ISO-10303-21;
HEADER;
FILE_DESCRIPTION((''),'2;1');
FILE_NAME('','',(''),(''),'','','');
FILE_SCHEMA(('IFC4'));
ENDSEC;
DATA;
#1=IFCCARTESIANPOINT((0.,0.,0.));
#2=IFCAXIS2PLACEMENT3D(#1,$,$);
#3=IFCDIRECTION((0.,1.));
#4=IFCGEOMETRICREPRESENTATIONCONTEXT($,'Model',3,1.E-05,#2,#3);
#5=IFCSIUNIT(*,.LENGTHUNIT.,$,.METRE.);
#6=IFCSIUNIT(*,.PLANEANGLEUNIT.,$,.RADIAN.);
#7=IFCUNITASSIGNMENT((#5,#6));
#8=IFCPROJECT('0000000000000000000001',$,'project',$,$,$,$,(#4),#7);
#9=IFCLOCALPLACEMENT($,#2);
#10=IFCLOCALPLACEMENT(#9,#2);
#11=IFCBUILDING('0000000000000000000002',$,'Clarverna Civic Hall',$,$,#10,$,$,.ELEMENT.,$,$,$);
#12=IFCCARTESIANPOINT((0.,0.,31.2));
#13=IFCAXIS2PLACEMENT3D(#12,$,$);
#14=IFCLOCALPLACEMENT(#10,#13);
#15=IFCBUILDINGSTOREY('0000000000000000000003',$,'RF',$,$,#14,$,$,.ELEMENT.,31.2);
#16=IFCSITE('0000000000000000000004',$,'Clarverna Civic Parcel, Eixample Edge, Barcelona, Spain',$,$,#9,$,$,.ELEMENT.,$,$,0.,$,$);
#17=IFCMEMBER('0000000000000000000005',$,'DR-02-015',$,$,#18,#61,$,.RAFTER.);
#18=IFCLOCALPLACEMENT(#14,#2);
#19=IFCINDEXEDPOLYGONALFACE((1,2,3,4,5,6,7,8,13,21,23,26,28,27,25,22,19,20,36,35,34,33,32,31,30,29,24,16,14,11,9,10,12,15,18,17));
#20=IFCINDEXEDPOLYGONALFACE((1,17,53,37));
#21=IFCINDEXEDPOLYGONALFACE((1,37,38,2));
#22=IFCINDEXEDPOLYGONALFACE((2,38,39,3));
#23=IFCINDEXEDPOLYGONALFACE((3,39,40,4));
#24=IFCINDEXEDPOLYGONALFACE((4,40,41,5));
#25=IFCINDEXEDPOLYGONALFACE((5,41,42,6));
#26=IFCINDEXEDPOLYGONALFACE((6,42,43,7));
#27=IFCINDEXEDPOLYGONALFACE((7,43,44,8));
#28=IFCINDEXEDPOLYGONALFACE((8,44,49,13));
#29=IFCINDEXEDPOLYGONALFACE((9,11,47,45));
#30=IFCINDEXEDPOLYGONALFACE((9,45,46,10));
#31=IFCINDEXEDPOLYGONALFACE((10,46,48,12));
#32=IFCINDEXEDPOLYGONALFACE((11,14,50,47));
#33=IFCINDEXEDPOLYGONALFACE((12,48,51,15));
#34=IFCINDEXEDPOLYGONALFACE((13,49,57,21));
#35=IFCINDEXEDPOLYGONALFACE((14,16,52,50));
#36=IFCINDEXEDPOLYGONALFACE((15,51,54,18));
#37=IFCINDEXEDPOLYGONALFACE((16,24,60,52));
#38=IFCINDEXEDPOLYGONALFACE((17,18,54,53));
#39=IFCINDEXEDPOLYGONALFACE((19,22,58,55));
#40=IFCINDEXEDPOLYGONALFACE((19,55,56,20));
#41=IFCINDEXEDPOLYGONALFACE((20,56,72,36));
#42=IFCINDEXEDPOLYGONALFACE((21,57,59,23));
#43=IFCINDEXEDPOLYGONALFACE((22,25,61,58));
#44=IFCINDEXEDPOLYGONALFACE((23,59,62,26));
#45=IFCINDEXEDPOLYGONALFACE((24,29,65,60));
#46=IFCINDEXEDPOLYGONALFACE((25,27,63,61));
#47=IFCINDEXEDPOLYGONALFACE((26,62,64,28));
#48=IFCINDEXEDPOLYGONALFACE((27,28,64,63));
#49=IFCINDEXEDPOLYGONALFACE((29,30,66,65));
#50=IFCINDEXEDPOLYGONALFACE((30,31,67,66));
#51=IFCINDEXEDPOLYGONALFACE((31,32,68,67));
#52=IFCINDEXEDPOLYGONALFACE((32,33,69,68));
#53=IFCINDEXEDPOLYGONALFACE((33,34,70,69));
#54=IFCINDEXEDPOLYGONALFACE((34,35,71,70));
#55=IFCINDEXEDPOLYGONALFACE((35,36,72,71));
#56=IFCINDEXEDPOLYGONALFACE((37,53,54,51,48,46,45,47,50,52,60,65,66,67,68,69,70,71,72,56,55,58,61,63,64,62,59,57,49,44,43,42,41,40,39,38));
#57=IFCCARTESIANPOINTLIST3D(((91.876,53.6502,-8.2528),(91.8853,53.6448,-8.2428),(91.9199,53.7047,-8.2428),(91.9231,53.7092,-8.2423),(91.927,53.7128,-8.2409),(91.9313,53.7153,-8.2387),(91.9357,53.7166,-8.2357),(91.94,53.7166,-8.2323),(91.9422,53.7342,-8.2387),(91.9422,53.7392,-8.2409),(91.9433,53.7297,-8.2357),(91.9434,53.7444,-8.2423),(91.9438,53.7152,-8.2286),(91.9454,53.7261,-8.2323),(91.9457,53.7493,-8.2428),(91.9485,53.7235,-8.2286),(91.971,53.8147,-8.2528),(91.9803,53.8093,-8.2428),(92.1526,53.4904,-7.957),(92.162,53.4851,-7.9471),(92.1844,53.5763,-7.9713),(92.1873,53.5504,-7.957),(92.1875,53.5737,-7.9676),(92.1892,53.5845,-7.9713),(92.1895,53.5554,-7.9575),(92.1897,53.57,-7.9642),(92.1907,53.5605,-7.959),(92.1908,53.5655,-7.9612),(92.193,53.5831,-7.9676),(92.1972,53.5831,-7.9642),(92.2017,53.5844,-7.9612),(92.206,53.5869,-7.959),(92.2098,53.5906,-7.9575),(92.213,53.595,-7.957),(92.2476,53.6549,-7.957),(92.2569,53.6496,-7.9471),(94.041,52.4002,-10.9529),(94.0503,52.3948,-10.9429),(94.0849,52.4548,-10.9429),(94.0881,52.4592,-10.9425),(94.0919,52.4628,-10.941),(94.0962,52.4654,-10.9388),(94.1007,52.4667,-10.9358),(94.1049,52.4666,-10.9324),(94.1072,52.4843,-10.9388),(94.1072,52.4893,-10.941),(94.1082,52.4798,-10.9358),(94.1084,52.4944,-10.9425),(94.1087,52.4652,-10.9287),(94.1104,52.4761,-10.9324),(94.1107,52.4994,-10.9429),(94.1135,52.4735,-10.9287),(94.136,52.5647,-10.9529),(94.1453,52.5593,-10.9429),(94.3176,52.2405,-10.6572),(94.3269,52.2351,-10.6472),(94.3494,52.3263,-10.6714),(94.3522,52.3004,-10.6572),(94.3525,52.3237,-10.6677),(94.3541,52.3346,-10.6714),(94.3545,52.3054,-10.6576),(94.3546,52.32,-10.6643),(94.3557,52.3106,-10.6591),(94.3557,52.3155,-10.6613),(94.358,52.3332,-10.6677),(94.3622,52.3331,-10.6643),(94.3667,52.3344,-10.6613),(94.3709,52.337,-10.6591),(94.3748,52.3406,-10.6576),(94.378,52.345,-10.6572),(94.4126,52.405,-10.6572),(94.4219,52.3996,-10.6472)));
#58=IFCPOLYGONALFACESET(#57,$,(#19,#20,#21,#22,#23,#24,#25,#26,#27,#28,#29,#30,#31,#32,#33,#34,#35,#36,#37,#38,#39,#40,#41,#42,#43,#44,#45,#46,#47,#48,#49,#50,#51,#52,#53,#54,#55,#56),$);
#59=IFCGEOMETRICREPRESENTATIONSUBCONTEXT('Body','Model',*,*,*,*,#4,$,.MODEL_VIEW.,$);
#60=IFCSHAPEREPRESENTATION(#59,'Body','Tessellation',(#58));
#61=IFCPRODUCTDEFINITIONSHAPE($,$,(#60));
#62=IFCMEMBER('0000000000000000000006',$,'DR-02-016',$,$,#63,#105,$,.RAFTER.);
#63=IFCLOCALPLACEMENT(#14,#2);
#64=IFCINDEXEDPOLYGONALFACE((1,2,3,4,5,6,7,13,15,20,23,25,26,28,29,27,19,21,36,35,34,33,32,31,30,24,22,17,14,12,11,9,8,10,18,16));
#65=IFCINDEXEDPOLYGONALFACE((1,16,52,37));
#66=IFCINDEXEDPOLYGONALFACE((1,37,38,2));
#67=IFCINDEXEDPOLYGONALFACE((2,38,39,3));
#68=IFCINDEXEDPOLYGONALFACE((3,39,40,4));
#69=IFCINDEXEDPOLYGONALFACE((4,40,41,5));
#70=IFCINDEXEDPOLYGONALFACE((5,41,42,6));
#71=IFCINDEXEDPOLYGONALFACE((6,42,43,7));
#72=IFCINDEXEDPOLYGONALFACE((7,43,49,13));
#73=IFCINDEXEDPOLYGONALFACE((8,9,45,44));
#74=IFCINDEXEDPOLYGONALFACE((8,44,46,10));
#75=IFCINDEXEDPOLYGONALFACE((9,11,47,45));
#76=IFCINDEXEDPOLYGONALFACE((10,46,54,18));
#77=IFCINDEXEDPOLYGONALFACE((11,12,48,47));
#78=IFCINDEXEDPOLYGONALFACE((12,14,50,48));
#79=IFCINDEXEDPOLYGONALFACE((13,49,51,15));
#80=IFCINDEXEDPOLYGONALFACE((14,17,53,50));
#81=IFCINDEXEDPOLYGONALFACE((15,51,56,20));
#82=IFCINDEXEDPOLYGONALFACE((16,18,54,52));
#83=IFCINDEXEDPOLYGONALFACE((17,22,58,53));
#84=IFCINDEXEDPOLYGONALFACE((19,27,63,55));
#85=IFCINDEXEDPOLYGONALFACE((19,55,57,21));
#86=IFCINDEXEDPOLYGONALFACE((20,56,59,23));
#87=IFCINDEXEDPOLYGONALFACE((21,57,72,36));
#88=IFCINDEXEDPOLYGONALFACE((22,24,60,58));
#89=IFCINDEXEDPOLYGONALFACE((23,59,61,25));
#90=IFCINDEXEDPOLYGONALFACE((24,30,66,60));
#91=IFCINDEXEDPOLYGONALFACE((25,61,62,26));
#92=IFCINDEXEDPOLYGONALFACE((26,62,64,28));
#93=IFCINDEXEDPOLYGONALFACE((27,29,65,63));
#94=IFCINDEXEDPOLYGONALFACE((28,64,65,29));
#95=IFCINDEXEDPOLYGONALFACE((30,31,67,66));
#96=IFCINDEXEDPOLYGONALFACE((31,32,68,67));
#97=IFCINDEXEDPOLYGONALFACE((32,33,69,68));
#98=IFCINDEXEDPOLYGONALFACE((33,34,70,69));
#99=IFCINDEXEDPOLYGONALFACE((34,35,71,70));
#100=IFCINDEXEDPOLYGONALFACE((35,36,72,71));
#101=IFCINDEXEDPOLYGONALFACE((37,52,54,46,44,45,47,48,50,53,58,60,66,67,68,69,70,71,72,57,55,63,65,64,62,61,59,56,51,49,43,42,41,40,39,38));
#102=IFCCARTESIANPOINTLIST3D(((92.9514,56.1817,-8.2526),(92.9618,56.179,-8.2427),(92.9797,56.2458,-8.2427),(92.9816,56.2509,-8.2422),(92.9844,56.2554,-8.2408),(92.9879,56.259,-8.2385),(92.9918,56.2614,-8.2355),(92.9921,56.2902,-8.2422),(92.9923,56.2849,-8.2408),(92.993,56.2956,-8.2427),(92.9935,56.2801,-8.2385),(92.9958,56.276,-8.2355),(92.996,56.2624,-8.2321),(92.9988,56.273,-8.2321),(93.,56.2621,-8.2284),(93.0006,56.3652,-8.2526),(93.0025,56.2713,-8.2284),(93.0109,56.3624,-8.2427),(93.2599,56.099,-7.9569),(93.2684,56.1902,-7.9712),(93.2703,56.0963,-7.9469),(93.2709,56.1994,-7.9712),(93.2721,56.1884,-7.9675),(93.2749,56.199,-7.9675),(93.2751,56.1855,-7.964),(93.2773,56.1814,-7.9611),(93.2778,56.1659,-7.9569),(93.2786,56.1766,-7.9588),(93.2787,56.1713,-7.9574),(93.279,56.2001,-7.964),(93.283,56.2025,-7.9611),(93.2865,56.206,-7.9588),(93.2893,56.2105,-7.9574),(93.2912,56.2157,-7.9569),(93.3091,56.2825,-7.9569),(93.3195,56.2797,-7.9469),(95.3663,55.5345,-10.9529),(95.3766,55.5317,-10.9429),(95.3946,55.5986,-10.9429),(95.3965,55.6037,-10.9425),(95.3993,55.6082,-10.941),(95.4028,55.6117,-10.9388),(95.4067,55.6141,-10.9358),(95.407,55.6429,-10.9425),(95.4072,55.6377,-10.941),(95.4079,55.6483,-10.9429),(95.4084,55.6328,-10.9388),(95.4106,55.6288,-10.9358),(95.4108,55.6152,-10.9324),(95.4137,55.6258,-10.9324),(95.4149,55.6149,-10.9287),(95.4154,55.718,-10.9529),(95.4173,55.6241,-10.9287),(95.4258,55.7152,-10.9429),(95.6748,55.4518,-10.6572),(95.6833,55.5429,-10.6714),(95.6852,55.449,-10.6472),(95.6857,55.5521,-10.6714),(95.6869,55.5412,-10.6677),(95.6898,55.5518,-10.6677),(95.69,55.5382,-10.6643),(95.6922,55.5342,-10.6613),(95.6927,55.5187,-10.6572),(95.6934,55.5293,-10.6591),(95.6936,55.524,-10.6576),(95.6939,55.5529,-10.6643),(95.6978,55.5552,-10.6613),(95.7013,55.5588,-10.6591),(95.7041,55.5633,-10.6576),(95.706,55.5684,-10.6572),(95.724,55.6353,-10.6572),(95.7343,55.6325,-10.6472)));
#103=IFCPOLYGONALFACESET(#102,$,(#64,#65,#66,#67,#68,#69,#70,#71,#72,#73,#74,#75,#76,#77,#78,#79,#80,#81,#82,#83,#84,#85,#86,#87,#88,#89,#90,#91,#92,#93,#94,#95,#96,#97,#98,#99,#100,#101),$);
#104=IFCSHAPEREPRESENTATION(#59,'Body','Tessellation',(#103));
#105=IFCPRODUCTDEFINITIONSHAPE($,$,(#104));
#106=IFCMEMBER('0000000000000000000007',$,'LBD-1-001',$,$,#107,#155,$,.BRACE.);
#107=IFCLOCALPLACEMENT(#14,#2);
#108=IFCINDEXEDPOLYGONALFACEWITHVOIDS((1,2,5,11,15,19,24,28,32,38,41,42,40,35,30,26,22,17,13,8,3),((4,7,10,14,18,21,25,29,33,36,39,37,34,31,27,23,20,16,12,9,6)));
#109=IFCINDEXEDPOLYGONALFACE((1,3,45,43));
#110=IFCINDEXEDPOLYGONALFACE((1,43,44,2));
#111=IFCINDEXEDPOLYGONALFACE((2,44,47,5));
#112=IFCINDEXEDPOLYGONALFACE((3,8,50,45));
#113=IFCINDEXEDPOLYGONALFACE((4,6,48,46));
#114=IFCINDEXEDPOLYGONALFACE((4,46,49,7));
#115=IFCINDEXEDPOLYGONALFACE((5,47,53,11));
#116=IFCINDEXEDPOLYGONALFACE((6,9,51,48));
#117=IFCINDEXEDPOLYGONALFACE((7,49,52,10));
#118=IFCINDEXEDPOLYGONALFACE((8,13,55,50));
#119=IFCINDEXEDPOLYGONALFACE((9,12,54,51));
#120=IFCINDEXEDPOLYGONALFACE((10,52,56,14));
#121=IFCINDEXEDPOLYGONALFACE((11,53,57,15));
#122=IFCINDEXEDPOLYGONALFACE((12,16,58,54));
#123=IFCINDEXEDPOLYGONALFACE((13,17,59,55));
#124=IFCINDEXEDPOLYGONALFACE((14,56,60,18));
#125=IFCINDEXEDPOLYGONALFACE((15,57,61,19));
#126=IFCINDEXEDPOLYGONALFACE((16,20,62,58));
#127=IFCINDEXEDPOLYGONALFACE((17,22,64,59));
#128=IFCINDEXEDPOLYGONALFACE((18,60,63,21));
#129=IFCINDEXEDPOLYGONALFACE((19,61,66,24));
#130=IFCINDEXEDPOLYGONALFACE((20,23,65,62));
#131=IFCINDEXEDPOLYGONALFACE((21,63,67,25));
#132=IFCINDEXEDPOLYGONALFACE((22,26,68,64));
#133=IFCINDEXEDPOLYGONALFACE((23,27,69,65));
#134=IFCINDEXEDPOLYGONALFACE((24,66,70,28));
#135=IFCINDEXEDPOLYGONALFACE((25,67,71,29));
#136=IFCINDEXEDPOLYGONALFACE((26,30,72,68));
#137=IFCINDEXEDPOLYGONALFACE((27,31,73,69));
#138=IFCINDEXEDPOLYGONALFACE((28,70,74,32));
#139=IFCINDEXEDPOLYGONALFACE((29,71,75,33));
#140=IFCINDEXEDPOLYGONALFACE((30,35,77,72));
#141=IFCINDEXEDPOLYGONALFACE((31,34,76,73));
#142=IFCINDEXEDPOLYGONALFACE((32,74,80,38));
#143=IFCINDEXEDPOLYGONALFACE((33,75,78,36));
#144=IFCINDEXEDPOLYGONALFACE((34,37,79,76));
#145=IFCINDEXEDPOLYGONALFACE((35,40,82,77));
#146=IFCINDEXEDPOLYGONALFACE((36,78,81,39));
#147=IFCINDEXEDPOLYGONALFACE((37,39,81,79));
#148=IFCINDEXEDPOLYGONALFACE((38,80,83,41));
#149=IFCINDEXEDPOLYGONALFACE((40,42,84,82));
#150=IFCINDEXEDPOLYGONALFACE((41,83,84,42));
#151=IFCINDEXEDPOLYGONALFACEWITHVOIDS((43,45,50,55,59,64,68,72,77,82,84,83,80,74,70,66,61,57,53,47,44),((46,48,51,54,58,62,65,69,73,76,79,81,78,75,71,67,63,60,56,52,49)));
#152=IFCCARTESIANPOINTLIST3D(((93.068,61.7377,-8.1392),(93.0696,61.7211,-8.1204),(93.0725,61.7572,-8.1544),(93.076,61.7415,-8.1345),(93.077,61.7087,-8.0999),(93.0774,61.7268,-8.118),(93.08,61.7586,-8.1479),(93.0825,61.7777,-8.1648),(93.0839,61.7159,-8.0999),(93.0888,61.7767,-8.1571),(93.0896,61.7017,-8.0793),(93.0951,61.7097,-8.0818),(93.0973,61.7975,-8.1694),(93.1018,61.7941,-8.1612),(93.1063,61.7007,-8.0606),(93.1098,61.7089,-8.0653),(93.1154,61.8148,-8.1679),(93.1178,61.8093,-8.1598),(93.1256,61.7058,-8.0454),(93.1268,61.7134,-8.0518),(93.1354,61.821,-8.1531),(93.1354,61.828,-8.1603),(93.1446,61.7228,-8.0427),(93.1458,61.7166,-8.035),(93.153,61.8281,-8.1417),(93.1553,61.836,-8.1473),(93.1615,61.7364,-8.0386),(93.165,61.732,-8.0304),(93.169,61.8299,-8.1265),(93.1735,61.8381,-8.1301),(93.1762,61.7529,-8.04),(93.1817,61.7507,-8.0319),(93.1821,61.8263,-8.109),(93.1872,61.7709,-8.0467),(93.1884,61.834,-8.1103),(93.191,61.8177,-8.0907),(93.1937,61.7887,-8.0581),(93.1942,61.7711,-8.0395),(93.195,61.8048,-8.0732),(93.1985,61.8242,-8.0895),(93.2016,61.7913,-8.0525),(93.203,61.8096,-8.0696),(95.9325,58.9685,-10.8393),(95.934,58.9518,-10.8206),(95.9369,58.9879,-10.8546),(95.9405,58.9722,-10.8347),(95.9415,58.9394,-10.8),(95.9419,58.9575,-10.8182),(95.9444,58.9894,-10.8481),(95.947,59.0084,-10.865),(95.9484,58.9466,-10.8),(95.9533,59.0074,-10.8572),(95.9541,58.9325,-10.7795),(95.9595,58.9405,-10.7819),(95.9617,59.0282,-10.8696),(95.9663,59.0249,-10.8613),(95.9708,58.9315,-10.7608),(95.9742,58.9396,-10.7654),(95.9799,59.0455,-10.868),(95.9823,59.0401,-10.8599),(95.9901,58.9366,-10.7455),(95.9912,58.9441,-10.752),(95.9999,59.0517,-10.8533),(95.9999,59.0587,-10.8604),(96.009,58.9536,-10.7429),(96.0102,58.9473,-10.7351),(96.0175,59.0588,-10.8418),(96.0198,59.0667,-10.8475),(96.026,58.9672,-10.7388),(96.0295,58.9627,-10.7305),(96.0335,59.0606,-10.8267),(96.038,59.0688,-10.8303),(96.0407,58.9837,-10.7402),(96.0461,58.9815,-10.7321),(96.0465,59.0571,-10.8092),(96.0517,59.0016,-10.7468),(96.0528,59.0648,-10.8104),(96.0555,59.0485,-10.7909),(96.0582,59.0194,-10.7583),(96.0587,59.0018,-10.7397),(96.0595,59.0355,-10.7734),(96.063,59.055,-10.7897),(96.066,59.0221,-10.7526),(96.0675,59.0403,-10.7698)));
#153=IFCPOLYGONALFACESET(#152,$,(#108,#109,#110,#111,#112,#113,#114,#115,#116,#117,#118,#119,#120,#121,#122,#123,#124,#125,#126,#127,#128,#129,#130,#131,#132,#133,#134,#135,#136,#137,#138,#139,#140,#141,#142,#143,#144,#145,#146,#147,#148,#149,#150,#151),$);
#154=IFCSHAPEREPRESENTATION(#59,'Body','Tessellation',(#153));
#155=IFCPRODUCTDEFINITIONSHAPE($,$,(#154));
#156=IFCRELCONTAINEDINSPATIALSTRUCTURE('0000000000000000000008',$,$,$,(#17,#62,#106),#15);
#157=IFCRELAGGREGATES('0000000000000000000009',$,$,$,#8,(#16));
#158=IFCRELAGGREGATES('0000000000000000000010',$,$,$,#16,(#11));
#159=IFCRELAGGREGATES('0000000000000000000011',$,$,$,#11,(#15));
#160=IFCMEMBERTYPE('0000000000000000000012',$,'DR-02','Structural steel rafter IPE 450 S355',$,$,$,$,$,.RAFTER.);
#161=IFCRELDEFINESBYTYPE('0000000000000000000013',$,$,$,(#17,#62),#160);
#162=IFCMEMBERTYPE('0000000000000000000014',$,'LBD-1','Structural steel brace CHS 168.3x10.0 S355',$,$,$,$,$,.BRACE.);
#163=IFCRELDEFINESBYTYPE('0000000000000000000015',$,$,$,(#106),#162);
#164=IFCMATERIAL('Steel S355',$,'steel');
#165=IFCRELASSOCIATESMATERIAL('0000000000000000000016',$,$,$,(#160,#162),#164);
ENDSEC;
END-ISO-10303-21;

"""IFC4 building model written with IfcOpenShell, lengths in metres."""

from ifc_helpers import new_model, si_unit, direction, frame, origin, origin_2d, place, context, subcontext, project, spatial, hollow_circle, i_section, extrude, material, material_profile, profile_set, type_object, element, save


model = new_model("IFC4")

# Units and contexts
model_context = context("Model", 3, precision=1e-05, world=origin(), true_north=direction((0.0, 1.0)))
body_context = subcontext(model_context, "Body", "Model", "MODEL_VIEW")
ifc_project = project(units=[si_unit("LENGTHUNIT", "METRE"), si_unit("PLANEANGLEUNIT", "RADIAN")], contexts=[model_context])

# Site, building, storey
site_placement = place(None, origin())
site = spatial("IfcSite", under=ifc_project, at=site_placement, Name="Clarverna Civic Parcel, Eixample Edge, Barcelona, Spain", CompositionType="ELEMENT", RefElevation=0.0)
building_placement = place(site_placement, origin())
building = spatial("IfcBuilding", under=site, at=building_placement, Name="Clarverna Civic Hall", CompositionType="ELEMENT")
storey_placement = place(building_placement, frame((0.0, 0.0, 31.2)))
storey = spatial("IfcBuildingStorey", under=building, at=storey_placement, Name="RF", CompositionType="ELEMENT", Elevation=31.2)

# Members
ifc_material_1 = material(Name="Steel S355", Category="steel")
ifc_material_profile_1 = material_profile(ifc_material_1, i_section(OverallWidth=0.1899, OverallDepth=0.45, WebThickness=0.0095, FlangeThickness=0.0146, FilletRadius=0.021, at=origin_2d()), Name="IPE 450")
ifc_profile_set_1 = profile_set([ifc_material_profile_1], Name="Steel S355")
member_type_1 = type_object("IfcMemberType", Name="DR-02", Description="Structural steel rafter IPE 450 S355", PredefinedType="RAFTER", material=ifc_profile_set_1)
for number, where, z_axis, x_axis, name in (
    (1, (94.2314, 52.3999, -10.8), (-0.588357, 0.339692, 0.733788), (-0.500004, -0.866023, 0.0), "DR-02-015"),
):
    element("IfcMember", number, at=place(storey_placement, frame(where, z_axis=z_axis, x_axis=x_axis)), inside=storey, type_object=member_type_1, Name=name, PredefinedType="RAFTER", context=body_context, shape_type="SweptSolid", body=[
        extrude(i_section(OverallWidth=0.1899, OverallDepth=0.45, WebThickness=0.0095, FlangeThickness=0.0146, FilletRadius=0.021, at=origin_2d()), origin(), (0.0, 0.0, 1.0), 3.6797),
    ])
member_1_placement = place(storey_placement, frame((95.5503, 55.5835, -10.8), z_axis=(-0.656224, 0.175882, 0.733782), x_axis=(-0.258884, -0.965908, 0.0)))
element("IfcMember", 2, at=member_1_placement, inside=storey, type_object=member_type_1, Name="DR-02-016", PredefinedType="RAFTER", context=body_context, shape_type="SweptSolid", body=[
    extrude(i_section(OverallWidth=0.1899, OverallDepth=0.45, WebThickness=0.0095, FlangeThickness=0.0146, FilletRadius=0.021, at=origin_2d()), origin(), (0.0, 0.0, 1.0), 3.6799),
])
ifc_material_profile_2 = material_profile(ifc_material_1, hollow_circle(Radius=0.0842, WallThickness=0.01, at=origin_2d()), Name="CHS 168.3x10.0")
ifc_profile_set_2 = profile_set([ifc_material_profile_2], Name="Steel S355")
member_type_2 = type_object("IfcMemberType", Name="LBD-1", Description="Structural steel brace CHS 168.3x10.0 S355", PredefinedType="BRACE", material=ifc_profile_set_2)
member_2_placement = place(storey_placement, frame((96.0, 59.0, -10.8), z_axis=(-0.595154, 0.575371, 0.561016), x_axis=(-0.695057, -0.718955, 0.0)))
element("IfcMember", 3, at=member_2_placement, inside=storey, type_object=member_type_2, Name="LBD-1-001", PredefinedType="BRACE", context=body_context, shape_type="SweptSolid", body=[
    extrude(hollow_circle(Radius=0.0842, WallThickness=0.01, at=origin_2d()), origin(), (0.0, 0.0, 1.0), 4.813),
])

save(model, "model.ifc")
